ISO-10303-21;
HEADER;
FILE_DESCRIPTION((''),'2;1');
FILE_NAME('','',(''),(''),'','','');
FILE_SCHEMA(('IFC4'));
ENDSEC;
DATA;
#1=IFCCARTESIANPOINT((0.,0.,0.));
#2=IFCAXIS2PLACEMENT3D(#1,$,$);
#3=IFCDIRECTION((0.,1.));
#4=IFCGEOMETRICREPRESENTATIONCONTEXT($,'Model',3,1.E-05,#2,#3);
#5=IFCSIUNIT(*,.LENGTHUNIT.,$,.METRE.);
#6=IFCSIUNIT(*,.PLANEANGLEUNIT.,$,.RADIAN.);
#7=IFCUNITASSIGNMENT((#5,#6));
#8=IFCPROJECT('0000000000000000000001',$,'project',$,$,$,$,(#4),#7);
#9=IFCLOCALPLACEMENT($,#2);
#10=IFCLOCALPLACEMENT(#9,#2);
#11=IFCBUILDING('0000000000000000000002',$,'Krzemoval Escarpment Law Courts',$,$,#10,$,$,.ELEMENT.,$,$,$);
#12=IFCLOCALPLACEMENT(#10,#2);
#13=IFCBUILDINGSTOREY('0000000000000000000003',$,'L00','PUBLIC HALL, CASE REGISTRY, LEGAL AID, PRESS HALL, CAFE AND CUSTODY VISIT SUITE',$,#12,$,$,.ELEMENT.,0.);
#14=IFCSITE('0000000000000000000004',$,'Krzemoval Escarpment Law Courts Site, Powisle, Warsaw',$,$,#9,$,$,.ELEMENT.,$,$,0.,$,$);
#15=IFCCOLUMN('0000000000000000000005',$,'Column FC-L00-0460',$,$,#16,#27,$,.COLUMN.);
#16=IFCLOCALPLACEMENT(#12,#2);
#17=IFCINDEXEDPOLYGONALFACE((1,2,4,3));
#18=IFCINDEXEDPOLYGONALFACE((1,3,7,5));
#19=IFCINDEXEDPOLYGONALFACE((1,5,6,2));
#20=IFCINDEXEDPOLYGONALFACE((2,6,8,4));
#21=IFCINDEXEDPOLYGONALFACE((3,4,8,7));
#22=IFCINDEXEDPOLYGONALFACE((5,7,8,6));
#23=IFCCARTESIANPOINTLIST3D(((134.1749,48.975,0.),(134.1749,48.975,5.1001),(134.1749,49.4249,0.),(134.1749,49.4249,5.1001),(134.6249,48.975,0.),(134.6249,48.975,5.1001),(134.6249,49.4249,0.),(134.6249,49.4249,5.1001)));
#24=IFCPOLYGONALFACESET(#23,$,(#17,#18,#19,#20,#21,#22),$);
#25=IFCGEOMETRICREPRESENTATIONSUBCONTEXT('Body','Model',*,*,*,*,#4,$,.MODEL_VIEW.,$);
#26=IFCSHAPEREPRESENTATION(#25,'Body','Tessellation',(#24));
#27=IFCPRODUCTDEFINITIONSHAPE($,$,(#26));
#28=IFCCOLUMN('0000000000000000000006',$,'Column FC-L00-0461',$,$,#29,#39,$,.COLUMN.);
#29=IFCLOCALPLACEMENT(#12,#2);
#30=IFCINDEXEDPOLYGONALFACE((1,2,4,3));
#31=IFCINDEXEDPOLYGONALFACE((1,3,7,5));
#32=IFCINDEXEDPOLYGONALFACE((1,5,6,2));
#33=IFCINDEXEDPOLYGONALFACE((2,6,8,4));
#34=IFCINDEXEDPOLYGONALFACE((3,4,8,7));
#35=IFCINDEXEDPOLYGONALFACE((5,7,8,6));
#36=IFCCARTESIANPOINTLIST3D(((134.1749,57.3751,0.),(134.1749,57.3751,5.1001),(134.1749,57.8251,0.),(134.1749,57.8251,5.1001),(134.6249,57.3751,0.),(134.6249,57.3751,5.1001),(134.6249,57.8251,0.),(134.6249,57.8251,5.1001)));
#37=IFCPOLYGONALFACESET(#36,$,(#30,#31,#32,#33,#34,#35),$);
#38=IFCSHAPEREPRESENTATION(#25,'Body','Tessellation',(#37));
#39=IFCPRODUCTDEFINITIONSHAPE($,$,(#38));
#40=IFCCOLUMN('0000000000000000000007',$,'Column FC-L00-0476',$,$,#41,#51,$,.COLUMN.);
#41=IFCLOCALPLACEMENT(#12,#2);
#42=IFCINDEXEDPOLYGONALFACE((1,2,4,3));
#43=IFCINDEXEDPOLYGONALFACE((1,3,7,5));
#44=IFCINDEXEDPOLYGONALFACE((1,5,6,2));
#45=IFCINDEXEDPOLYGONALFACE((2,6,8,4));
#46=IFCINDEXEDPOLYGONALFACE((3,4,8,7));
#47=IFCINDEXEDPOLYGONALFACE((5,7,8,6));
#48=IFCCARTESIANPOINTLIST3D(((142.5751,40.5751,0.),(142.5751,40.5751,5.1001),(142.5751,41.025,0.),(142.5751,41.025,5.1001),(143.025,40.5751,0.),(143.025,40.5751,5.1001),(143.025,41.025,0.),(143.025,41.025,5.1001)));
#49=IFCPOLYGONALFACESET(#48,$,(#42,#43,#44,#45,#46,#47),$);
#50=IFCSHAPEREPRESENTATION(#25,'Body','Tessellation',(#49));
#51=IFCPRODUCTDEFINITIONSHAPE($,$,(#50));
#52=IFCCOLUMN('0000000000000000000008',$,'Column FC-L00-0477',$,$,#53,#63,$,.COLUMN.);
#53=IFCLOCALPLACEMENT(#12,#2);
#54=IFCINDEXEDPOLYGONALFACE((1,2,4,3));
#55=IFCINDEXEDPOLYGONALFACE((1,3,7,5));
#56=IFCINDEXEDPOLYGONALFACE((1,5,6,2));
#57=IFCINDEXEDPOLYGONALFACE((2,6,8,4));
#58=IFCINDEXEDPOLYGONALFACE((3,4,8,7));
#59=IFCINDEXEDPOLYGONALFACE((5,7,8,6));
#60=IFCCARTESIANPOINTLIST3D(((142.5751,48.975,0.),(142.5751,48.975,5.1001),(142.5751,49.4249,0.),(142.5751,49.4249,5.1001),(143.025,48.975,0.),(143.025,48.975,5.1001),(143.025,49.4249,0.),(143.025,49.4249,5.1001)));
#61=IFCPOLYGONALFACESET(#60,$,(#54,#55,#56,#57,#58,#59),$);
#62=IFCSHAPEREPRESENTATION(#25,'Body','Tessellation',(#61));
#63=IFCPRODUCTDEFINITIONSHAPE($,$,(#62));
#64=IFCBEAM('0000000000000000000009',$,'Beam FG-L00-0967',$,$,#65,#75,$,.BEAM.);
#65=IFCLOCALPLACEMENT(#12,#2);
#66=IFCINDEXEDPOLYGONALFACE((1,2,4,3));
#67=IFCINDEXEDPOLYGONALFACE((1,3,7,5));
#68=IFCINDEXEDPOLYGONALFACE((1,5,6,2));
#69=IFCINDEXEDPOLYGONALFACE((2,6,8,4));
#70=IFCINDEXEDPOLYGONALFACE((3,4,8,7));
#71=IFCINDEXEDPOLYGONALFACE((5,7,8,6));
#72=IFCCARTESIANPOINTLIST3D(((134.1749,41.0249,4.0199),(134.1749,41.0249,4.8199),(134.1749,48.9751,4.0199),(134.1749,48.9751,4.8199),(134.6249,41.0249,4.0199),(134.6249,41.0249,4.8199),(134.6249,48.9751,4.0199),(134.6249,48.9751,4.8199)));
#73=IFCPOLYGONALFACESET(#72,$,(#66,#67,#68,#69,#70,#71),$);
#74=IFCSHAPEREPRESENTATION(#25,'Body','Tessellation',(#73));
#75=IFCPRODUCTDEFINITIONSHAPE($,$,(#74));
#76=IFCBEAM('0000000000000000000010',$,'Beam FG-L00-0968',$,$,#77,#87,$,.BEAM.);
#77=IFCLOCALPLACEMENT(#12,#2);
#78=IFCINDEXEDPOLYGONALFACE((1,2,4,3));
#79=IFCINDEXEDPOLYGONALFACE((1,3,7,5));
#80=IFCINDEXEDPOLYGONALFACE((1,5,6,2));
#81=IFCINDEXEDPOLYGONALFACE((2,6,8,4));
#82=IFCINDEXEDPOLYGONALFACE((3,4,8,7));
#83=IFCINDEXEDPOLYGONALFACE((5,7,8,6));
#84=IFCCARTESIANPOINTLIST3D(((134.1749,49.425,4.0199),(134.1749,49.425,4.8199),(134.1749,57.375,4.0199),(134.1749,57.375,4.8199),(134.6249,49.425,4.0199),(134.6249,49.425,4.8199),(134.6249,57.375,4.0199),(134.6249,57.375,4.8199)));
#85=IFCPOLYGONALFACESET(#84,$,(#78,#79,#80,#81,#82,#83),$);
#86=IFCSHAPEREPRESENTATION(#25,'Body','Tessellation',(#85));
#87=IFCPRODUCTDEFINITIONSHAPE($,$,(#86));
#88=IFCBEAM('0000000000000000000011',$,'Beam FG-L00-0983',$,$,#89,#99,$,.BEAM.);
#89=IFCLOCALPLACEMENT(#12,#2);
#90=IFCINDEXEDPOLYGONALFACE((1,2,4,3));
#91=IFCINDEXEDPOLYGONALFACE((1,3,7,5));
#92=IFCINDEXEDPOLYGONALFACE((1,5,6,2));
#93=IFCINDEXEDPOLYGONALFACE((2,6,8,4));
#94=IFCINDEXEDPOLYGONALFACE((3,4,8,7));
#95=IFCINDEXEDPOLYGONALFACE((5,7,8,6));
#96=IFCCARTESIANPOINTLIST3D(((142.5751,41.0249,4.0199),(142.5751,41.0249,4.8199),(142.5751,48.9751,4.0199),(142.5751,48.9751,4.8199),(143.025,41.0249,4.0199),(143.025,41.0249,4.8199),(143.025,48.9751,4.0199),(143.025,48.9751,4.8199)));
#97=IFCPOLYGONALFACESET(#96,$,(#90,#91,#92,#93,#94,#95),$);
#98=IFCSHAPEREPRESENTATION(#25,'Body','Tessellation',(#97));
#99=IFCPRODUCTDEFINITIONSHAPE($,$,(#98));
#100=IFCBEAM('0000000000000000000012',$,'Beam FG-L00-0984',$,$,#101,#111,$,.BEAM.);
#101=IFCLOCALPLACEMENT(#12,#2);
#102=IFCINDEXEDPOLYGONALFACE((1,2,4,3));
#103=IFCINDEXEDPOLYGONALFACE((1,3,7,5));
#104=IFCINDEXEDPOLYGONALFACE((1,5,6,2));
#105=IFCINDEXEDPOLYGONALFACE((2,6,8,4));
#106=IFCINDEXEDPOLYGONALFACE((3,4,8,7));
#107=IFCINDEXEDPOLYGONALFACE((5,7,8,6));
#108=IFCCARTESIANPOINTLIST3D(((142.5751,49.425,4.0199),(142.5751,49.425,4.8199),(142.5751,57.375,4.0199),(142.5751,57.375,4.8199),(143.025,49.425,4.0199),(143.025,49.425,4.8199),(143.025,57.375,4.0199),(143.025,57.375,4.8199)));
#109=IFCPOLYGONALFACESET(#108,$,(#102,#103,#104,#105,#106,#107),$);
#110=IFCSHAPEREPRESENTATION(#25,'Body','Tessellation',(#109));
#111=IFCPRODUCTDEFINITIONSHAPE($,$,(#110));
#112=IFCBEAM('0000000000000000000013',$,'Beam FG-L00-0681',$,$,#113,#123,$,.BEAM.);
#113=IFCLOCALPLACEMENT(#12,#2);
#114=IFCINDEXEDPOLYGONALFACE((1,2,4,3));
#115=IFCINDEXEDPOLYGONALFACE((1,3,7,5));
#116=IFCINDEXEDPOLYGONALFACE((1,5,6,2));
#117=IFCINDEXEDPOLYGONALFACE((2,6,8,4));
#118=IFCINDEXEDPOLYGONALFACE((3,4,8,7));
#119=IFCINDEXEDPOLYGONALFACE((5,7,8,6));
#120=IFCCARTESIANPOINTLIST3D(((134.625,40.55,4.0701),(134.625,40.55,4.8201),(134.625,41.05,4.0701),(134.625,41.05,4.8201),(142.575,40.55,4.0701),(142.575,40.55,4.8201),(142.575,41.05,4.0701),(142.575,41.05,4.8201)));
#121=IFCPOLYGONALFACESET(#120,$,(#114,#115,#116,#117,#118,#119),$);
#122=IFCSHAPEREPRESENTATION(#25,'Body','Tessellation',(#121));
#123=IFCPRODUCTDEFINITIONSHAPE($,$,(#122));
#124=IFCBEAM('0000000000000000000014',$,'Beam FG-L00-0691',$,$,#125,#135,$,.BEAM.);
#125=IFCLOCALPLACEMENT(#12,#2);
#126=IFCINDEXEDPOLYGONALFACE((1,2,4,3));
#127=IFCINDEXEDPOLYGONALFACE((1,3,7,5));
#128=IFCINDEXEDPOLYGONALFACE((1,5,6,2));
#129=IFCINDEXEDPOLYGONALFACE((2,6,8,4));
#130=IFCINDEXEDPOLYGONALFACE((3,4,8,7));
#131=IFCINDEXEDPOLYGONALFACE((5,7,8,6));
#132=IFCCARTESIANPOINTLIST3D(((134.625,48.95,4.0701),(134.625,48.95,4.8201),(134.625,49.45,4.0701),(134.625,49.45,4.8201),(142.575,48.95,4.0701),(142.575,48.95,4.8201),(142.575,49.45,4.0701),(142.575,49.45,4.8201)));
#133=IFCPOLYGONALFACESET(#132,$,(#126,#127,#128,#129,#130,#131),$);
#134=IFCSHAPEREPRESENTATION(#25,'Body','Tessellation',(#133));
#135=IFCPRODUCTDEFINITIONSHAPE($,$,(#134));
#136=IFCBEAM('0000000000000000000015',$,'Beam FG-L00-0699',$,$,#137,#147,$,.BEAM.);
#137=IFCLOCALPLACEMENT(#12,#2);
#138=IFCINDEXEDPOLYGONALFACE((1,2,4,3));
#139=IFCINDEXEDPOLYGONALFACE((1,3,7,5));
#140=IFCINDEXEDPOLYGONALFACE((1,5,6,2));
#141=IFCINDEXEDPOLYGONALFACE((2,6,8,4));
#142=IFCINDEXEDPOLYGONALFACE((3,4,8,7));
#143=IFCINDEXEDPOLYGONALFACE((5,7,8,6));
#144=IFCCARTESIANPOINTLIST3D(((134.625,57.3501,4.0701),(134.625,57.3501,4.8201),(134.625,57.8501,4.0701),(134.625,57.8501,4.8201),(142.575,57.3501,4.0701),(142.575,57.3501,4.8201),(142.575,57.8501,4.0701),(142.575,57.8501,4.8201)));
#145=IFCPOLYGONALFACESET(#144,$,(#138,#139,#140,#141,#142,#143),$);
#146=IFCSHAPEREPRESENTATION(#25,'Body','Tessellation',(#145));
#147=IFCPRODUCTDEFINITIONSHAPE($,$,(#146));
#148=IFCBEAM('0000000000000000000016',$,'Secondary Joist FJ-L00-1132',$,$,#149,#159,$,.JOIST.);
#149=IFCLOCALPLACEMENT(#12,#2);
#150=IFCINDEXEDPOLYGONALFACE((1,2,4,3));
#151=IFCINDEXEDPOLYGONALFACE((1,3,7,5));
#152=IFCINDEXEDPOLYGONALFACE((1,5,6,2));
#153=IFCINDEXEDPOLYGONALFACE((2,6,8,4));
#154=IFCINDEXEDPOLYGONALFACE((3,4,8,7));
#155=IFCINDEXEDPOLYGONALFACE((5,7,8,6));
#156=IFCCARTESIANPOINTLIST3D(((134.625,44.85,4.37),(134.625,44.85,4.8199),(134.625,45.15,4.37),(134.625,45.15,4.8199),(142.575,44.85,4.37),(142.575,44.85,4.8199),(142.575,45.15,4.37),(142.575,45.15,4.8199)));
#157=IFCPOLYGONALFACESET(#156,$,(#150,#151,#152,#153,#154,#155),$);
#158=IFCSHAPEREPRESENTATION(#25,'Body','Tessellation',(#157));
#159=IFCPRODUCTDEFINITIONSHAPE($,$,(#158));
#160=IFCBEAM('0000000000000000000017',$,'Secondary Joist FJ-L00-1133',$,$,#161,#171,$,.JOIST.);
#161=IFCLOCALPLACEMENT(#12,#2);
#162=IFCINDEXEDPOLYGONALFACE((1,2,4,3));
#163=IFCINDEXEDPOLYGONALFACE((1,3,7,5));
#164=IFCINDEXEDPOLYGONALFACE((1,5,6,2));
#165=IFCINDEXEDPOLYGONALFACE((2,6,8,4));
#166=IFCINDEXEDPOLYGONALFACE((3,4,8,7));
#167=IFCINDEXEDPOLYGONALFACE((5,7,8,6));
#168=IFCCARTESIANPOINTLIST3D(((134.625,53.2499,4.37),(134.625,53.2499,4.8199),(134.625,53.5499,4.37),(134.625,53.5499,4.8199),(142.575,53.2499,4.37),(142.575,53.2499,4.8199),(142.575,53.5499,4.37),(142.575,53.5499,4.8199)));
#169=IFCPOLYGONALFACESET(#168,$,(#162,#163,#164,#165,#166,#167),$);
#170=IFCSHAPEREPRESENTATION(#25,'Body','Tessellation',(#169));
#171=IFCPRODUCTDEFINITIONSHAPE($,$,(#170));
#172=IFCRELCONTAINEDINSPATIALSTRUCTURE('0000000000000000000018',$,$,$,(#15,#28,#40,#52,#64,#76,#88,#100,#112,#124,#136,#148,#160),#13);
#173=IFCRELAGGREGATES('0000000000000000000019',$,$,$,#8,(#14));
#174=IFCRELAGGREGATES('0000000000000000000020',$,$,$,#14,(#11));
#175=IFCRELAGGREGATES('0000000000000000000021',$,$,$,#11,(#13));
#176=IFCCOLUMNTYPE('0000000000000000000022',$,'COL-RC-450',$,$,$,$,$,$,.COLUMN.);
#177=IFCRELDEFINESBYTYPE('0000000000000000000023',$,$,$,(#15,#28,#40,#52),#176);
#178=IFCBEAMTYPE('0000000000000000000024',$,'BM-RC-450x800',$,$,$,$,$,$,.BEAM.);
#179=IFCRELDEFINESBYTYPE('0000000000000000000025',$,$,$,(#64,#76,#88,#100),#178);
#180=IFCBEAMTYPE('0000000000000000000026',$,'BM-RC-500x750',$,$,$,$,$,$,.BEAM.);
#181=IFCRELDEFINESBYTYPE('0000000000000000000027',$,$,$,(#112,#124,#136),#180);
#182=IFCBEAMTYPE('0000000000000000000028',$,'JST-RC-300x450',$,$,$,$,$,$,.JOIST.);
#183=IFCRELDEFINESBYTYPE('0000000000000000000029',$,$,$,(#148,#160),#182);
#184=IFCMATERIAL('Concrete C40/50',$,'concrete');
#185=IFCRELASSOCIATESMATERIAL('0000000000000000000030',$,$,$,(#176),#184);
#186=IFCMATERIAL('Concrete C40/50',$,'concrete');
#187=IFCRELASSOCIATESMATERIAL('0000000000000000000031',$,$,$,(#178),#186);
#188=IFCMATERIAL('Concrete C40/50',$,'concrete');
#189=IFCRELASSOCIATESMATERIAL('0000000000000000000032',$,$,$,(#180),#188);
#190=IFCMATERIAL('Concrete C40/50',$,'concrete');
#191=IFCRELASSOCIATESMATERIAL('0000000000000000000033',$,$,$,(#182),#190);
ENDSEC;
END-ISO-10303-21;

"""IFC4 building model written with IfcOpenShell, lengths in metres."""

from ifc_helpers import new_model, si_unit, direction, frame, origin, origin_2d, place, context, subcontext, project, spatial, rectangle, extrude, material, material_profile, profile_set, type_object, element, save


model = new_model("IFC4")

# Units and contexts
model_context = context("Model", 3, precision=1e-05, world=origin(), true_north=direction((0.0, 1.0)))
body_context = subcontext(model_context, "Body", "Model", "MODEL_VIEW")
ifc_project = project(units=[si_unit("LENGTHUNIT", "METRE"), si_unit("PLANEANGLEUNIT", "RADIAN")], contexts=[model_context])

# Site, building, storey
site_placement = place(None, origin())
site = spatial("IfcSite", under=ifc_project, at=site_placement, Name="Krzemoval Escarpment Law Courts Site, Powisle, Warsaw", CompositionType="ELEMENT", RefElevation=0.0)
building_placement = place(site_placement, origin())
building = spatial("IfcBuilding", under=site, at=building_placement, Name="Krzemoval Escarpment Law Courts", CompositionType="ELEMENT")
storey_placement = place(building_placement, origin())
storey = spatial("IfcBuildingStorey", under=building, at=storey_placement, Name="L00", Description="PUBLIC HALL, CASE REGISTRY, LEGAL AID, PRESS HALL, CAFE AND CUSTODY VISIT SUITE", CompositionType="ELEMENT", Elevation=0.0)

# Columns
ifc_material_1 = material(Name="Concrete C40/50", Category="concrete")
ifc_material_profile_1 = material_profile(ifc_material_1, rectangle(XDim=0.45, YDim=0.45, at=origin_2d()), Name="RC 450x450")
ifc_profile_set_1 = profile_set([ifc_material_profile_1], Name="Concrete C40/50")
column_type = type_object("IfcColumnType", Name="COL-RC-450", PredefinedType="COLUMN", material=ifc_profile_set_1)
for number, where, z_axis, x_axis, name in (
    (1, (134.3999, 49.2, 0.0), (0.0, 0.0, 1.0), (1.0, 0.0, 0.0), "Column FC-L00-0460"),
    (2, (134.3999, 57.6001, 0.0), (0.0, 0.0, 1.0), (1.0, 0.0, 0.0), "Column FC-L00-0461"),
    (3, (142.8, 40.8, 0.0), (0.0, 0.0, 1.0), (1.0, 0.0, 0.0), "Column FC-L00-0476"),
    (4, (142.8, 49.2, 0.0), (0.0, 0.0, 1.0), (1.0, 0.0, 0.0), "Column FC-L00-0477"),
):
    element("IfcColumn", number, at=place(storey_placement, frame(where, z_axis=z_axis, x_axis=x_axis)), inside=storey, type_object=column_type, Name=name, PredefinedType="COLUMN", context=body_context, shape_type="SweptSolid", body=[
        extrude(rectangle(XDim=0.45, YDim=0.45, at=origin_2d()), origin(), (0.0, 0.0, 1.0), 5.1001),
    ])

# Beams
ifc_material_2 = material(Name="Concrete C40/50", Category="concrete")
ifc_material_profile_2 = material_profile(ifc_material_2, rectangle(XDim=0.45, YDim=0.8, at=origin_2d()), Name="RCB 450x800")
ifc_profile_set_2 = profile_set([ifc_material_profile_2], Name="Concrete C40/50")
beam_type_1 = type_object("IfcBeamType", Name="BM-RC-450x800", PredefinedType="BEAM", material=ifc_profile_set_2)
beam_1_placement = place(storey_placement, frame((134.3999, 41.0249, 4.4199), z_axis=(0.0, 1.0, 0.0), x_axis=(-1.0, 0.0, 0.0)))
element("IfcBeam", 5, at=beam_1_placement, inside=storey, type_object=beam_type_1, Name="Beam FG-L00-0967", PredefinedType="BEAM", context=body_context, shape_type="SweptSolid", body=[
    extrude(rectangle(XDim=0.45, YDim=0.8, at=origin_2d()), origin(), (0.0, 0.0, 1.0), 7.9502),
])
beam_2_placement = place(storey_placement, frame((134.3999, 49.425, 4.4199), z_axis=(0.0, 1.0, 0.0), x_axis=(-1.0, 0.0, 0.0)))
element("IfcBeam", 6, at=beam_2_placement, inside=storey, type_object=beam_type_1, Name="Beam FG-L00-0968", PredefinedType="BEAM", context=body_context, shape_type="SweptSolid", body=[
    extrude(rectangle(XDim=0.45, YDim=0.8, at=origin_2d()), origin(), (0.0, 0.0, 1.0), 7.95),
])
beam_3_placement = place(storey_placement, frame((142.8, 41.0249, 4.4199), z_axis=(0.0, 1.0, 0.0), x_axis=(-1.0, 0.0, 0.0)))
element("IfcBeam", 7, at=beam_3_placement, inside=storey, type_object=beam_type_1, Name="Beam FG-L00-0983", PredefinedType="BEAM", context=body_context, shape_type="SweptSolid", body=[
    extrude(rectangle(XDim=0.45, YDim=0.8, at=origin_2d()), origin(), (0.0, 0.0, 1.0), 7.9502),
])
beam_4_placement = place(storey_placement, frame((142.8, 49.425, 4.4199), z_axis=(0.0, 1.0, 0.0), x_axis=(-1.0, 0.0, 0.0)))
element("IfcBeam", 8, at=beam_4_placement, inside=storey, type_object=beam_type_1, Name="Beam FG-L00-0984", PredefinedType="BEAM", context=body_context, shape_type="SweptSolid", body=[
    extrude(rectangle(XDim=0.45, YDim=0.8, at=origin_2d()), origin(), (0.0, 0.0, 1.0), 7.95),
])
ifc_material_3 = material(Name="Concrete C40/50", Category="concrete")
ifc_material_profile_3 = material_profile(ifc_material_3, rectangle(XDim=0.5, YDim=0.75, at=origin_2d()), Name="RCB 500x750")
ifc_profile_set_3 = profile_set([ifc_material_profile_3], Name="Concrete C40/50")
beam_type_2 = type_object("IfcBeamType", Name="BM-RC-500x750", PredefinedType="BEAM", material=ifc_profile_set_3)
for number, where, z_axis, x_axis, name in (
    (9, (134.625, 40.8, 4.4451), (1.0, 0.0, 0.0), (0.0, 1.0, 0.0), "Beam FG-L00-0681"),
    (10, (134.625, 49.2, 4.4451), (1.0, 0.0, 0.0), (0.0, 1.0, 0.0), "Beam FG-L00-0691"),
    (11, (134.625, 57.6001, 4.4451), (1.0, 0.0, 0.0), (0.0, 1.0, 0.0), "Beam FG-L00-0699"),
):
    element("IfcBeam", number, at=place(storey_placement, frame(where, z_axis=z_axis, x_axis=x_axis)), inside=storey, type_object=beam_type_2, Name=name, PredefinedType="BEAM", context=body_context, shape_type="SweptSolid", body=[
        extrude(rectangle(XDim=0.5, YDim=0.75, at=origin_2d()), origin(), (0.0, 0.0, 1.0), 7.95),
    ])
ifc_material_4 = material(Name="Concrete C40/50", Category="concrete")
ifc_material_profile_4 = material_profile(ifc_material_4, rectangle(XDim=0.3, YDim=0.45, at=origin_2d()), Name="RCB 300x450")
ifc_profile_set_4 = profile_set([ifc_material_profile_4], Name="Concrete C40/50")
beam_type_3 = type_object("IfcBeamType", Name="JST-RC-300x450", PredefinedType="JOIST", material=ifc_profile_set_4)
for number, where, z_axis, x_axis, name in (
    (12, (134.625, 45.0, 4.595), (1.0, 0.0, 0.0), (0.0, 1.0, 0.0), "Secondary Joist FJ-L00-1132"),
    (13, (134.625, 53.3999, 4.595), (1.0, 0.0, 0.0), (0.0, 1.0, 0.0), "Secondary Joist FJ-L00-1133"),
):
    element("IfcBeam", number, at=place(storey_placement, frame(where, z_axis=z_axis, x_axis=x_axis)), inside=storey, type_object=beam_type_3, Name=name, PredefinedType="JOIST", context=body_context, shape_type="SweptSolid", body=[
        extrude(rectangle(XDim=0.3, YDim=0.45, at=origin_2d()), origin(), (0.0, 0.0, 1.0), 7.95),
    ])

save(model, "model.ifc")
